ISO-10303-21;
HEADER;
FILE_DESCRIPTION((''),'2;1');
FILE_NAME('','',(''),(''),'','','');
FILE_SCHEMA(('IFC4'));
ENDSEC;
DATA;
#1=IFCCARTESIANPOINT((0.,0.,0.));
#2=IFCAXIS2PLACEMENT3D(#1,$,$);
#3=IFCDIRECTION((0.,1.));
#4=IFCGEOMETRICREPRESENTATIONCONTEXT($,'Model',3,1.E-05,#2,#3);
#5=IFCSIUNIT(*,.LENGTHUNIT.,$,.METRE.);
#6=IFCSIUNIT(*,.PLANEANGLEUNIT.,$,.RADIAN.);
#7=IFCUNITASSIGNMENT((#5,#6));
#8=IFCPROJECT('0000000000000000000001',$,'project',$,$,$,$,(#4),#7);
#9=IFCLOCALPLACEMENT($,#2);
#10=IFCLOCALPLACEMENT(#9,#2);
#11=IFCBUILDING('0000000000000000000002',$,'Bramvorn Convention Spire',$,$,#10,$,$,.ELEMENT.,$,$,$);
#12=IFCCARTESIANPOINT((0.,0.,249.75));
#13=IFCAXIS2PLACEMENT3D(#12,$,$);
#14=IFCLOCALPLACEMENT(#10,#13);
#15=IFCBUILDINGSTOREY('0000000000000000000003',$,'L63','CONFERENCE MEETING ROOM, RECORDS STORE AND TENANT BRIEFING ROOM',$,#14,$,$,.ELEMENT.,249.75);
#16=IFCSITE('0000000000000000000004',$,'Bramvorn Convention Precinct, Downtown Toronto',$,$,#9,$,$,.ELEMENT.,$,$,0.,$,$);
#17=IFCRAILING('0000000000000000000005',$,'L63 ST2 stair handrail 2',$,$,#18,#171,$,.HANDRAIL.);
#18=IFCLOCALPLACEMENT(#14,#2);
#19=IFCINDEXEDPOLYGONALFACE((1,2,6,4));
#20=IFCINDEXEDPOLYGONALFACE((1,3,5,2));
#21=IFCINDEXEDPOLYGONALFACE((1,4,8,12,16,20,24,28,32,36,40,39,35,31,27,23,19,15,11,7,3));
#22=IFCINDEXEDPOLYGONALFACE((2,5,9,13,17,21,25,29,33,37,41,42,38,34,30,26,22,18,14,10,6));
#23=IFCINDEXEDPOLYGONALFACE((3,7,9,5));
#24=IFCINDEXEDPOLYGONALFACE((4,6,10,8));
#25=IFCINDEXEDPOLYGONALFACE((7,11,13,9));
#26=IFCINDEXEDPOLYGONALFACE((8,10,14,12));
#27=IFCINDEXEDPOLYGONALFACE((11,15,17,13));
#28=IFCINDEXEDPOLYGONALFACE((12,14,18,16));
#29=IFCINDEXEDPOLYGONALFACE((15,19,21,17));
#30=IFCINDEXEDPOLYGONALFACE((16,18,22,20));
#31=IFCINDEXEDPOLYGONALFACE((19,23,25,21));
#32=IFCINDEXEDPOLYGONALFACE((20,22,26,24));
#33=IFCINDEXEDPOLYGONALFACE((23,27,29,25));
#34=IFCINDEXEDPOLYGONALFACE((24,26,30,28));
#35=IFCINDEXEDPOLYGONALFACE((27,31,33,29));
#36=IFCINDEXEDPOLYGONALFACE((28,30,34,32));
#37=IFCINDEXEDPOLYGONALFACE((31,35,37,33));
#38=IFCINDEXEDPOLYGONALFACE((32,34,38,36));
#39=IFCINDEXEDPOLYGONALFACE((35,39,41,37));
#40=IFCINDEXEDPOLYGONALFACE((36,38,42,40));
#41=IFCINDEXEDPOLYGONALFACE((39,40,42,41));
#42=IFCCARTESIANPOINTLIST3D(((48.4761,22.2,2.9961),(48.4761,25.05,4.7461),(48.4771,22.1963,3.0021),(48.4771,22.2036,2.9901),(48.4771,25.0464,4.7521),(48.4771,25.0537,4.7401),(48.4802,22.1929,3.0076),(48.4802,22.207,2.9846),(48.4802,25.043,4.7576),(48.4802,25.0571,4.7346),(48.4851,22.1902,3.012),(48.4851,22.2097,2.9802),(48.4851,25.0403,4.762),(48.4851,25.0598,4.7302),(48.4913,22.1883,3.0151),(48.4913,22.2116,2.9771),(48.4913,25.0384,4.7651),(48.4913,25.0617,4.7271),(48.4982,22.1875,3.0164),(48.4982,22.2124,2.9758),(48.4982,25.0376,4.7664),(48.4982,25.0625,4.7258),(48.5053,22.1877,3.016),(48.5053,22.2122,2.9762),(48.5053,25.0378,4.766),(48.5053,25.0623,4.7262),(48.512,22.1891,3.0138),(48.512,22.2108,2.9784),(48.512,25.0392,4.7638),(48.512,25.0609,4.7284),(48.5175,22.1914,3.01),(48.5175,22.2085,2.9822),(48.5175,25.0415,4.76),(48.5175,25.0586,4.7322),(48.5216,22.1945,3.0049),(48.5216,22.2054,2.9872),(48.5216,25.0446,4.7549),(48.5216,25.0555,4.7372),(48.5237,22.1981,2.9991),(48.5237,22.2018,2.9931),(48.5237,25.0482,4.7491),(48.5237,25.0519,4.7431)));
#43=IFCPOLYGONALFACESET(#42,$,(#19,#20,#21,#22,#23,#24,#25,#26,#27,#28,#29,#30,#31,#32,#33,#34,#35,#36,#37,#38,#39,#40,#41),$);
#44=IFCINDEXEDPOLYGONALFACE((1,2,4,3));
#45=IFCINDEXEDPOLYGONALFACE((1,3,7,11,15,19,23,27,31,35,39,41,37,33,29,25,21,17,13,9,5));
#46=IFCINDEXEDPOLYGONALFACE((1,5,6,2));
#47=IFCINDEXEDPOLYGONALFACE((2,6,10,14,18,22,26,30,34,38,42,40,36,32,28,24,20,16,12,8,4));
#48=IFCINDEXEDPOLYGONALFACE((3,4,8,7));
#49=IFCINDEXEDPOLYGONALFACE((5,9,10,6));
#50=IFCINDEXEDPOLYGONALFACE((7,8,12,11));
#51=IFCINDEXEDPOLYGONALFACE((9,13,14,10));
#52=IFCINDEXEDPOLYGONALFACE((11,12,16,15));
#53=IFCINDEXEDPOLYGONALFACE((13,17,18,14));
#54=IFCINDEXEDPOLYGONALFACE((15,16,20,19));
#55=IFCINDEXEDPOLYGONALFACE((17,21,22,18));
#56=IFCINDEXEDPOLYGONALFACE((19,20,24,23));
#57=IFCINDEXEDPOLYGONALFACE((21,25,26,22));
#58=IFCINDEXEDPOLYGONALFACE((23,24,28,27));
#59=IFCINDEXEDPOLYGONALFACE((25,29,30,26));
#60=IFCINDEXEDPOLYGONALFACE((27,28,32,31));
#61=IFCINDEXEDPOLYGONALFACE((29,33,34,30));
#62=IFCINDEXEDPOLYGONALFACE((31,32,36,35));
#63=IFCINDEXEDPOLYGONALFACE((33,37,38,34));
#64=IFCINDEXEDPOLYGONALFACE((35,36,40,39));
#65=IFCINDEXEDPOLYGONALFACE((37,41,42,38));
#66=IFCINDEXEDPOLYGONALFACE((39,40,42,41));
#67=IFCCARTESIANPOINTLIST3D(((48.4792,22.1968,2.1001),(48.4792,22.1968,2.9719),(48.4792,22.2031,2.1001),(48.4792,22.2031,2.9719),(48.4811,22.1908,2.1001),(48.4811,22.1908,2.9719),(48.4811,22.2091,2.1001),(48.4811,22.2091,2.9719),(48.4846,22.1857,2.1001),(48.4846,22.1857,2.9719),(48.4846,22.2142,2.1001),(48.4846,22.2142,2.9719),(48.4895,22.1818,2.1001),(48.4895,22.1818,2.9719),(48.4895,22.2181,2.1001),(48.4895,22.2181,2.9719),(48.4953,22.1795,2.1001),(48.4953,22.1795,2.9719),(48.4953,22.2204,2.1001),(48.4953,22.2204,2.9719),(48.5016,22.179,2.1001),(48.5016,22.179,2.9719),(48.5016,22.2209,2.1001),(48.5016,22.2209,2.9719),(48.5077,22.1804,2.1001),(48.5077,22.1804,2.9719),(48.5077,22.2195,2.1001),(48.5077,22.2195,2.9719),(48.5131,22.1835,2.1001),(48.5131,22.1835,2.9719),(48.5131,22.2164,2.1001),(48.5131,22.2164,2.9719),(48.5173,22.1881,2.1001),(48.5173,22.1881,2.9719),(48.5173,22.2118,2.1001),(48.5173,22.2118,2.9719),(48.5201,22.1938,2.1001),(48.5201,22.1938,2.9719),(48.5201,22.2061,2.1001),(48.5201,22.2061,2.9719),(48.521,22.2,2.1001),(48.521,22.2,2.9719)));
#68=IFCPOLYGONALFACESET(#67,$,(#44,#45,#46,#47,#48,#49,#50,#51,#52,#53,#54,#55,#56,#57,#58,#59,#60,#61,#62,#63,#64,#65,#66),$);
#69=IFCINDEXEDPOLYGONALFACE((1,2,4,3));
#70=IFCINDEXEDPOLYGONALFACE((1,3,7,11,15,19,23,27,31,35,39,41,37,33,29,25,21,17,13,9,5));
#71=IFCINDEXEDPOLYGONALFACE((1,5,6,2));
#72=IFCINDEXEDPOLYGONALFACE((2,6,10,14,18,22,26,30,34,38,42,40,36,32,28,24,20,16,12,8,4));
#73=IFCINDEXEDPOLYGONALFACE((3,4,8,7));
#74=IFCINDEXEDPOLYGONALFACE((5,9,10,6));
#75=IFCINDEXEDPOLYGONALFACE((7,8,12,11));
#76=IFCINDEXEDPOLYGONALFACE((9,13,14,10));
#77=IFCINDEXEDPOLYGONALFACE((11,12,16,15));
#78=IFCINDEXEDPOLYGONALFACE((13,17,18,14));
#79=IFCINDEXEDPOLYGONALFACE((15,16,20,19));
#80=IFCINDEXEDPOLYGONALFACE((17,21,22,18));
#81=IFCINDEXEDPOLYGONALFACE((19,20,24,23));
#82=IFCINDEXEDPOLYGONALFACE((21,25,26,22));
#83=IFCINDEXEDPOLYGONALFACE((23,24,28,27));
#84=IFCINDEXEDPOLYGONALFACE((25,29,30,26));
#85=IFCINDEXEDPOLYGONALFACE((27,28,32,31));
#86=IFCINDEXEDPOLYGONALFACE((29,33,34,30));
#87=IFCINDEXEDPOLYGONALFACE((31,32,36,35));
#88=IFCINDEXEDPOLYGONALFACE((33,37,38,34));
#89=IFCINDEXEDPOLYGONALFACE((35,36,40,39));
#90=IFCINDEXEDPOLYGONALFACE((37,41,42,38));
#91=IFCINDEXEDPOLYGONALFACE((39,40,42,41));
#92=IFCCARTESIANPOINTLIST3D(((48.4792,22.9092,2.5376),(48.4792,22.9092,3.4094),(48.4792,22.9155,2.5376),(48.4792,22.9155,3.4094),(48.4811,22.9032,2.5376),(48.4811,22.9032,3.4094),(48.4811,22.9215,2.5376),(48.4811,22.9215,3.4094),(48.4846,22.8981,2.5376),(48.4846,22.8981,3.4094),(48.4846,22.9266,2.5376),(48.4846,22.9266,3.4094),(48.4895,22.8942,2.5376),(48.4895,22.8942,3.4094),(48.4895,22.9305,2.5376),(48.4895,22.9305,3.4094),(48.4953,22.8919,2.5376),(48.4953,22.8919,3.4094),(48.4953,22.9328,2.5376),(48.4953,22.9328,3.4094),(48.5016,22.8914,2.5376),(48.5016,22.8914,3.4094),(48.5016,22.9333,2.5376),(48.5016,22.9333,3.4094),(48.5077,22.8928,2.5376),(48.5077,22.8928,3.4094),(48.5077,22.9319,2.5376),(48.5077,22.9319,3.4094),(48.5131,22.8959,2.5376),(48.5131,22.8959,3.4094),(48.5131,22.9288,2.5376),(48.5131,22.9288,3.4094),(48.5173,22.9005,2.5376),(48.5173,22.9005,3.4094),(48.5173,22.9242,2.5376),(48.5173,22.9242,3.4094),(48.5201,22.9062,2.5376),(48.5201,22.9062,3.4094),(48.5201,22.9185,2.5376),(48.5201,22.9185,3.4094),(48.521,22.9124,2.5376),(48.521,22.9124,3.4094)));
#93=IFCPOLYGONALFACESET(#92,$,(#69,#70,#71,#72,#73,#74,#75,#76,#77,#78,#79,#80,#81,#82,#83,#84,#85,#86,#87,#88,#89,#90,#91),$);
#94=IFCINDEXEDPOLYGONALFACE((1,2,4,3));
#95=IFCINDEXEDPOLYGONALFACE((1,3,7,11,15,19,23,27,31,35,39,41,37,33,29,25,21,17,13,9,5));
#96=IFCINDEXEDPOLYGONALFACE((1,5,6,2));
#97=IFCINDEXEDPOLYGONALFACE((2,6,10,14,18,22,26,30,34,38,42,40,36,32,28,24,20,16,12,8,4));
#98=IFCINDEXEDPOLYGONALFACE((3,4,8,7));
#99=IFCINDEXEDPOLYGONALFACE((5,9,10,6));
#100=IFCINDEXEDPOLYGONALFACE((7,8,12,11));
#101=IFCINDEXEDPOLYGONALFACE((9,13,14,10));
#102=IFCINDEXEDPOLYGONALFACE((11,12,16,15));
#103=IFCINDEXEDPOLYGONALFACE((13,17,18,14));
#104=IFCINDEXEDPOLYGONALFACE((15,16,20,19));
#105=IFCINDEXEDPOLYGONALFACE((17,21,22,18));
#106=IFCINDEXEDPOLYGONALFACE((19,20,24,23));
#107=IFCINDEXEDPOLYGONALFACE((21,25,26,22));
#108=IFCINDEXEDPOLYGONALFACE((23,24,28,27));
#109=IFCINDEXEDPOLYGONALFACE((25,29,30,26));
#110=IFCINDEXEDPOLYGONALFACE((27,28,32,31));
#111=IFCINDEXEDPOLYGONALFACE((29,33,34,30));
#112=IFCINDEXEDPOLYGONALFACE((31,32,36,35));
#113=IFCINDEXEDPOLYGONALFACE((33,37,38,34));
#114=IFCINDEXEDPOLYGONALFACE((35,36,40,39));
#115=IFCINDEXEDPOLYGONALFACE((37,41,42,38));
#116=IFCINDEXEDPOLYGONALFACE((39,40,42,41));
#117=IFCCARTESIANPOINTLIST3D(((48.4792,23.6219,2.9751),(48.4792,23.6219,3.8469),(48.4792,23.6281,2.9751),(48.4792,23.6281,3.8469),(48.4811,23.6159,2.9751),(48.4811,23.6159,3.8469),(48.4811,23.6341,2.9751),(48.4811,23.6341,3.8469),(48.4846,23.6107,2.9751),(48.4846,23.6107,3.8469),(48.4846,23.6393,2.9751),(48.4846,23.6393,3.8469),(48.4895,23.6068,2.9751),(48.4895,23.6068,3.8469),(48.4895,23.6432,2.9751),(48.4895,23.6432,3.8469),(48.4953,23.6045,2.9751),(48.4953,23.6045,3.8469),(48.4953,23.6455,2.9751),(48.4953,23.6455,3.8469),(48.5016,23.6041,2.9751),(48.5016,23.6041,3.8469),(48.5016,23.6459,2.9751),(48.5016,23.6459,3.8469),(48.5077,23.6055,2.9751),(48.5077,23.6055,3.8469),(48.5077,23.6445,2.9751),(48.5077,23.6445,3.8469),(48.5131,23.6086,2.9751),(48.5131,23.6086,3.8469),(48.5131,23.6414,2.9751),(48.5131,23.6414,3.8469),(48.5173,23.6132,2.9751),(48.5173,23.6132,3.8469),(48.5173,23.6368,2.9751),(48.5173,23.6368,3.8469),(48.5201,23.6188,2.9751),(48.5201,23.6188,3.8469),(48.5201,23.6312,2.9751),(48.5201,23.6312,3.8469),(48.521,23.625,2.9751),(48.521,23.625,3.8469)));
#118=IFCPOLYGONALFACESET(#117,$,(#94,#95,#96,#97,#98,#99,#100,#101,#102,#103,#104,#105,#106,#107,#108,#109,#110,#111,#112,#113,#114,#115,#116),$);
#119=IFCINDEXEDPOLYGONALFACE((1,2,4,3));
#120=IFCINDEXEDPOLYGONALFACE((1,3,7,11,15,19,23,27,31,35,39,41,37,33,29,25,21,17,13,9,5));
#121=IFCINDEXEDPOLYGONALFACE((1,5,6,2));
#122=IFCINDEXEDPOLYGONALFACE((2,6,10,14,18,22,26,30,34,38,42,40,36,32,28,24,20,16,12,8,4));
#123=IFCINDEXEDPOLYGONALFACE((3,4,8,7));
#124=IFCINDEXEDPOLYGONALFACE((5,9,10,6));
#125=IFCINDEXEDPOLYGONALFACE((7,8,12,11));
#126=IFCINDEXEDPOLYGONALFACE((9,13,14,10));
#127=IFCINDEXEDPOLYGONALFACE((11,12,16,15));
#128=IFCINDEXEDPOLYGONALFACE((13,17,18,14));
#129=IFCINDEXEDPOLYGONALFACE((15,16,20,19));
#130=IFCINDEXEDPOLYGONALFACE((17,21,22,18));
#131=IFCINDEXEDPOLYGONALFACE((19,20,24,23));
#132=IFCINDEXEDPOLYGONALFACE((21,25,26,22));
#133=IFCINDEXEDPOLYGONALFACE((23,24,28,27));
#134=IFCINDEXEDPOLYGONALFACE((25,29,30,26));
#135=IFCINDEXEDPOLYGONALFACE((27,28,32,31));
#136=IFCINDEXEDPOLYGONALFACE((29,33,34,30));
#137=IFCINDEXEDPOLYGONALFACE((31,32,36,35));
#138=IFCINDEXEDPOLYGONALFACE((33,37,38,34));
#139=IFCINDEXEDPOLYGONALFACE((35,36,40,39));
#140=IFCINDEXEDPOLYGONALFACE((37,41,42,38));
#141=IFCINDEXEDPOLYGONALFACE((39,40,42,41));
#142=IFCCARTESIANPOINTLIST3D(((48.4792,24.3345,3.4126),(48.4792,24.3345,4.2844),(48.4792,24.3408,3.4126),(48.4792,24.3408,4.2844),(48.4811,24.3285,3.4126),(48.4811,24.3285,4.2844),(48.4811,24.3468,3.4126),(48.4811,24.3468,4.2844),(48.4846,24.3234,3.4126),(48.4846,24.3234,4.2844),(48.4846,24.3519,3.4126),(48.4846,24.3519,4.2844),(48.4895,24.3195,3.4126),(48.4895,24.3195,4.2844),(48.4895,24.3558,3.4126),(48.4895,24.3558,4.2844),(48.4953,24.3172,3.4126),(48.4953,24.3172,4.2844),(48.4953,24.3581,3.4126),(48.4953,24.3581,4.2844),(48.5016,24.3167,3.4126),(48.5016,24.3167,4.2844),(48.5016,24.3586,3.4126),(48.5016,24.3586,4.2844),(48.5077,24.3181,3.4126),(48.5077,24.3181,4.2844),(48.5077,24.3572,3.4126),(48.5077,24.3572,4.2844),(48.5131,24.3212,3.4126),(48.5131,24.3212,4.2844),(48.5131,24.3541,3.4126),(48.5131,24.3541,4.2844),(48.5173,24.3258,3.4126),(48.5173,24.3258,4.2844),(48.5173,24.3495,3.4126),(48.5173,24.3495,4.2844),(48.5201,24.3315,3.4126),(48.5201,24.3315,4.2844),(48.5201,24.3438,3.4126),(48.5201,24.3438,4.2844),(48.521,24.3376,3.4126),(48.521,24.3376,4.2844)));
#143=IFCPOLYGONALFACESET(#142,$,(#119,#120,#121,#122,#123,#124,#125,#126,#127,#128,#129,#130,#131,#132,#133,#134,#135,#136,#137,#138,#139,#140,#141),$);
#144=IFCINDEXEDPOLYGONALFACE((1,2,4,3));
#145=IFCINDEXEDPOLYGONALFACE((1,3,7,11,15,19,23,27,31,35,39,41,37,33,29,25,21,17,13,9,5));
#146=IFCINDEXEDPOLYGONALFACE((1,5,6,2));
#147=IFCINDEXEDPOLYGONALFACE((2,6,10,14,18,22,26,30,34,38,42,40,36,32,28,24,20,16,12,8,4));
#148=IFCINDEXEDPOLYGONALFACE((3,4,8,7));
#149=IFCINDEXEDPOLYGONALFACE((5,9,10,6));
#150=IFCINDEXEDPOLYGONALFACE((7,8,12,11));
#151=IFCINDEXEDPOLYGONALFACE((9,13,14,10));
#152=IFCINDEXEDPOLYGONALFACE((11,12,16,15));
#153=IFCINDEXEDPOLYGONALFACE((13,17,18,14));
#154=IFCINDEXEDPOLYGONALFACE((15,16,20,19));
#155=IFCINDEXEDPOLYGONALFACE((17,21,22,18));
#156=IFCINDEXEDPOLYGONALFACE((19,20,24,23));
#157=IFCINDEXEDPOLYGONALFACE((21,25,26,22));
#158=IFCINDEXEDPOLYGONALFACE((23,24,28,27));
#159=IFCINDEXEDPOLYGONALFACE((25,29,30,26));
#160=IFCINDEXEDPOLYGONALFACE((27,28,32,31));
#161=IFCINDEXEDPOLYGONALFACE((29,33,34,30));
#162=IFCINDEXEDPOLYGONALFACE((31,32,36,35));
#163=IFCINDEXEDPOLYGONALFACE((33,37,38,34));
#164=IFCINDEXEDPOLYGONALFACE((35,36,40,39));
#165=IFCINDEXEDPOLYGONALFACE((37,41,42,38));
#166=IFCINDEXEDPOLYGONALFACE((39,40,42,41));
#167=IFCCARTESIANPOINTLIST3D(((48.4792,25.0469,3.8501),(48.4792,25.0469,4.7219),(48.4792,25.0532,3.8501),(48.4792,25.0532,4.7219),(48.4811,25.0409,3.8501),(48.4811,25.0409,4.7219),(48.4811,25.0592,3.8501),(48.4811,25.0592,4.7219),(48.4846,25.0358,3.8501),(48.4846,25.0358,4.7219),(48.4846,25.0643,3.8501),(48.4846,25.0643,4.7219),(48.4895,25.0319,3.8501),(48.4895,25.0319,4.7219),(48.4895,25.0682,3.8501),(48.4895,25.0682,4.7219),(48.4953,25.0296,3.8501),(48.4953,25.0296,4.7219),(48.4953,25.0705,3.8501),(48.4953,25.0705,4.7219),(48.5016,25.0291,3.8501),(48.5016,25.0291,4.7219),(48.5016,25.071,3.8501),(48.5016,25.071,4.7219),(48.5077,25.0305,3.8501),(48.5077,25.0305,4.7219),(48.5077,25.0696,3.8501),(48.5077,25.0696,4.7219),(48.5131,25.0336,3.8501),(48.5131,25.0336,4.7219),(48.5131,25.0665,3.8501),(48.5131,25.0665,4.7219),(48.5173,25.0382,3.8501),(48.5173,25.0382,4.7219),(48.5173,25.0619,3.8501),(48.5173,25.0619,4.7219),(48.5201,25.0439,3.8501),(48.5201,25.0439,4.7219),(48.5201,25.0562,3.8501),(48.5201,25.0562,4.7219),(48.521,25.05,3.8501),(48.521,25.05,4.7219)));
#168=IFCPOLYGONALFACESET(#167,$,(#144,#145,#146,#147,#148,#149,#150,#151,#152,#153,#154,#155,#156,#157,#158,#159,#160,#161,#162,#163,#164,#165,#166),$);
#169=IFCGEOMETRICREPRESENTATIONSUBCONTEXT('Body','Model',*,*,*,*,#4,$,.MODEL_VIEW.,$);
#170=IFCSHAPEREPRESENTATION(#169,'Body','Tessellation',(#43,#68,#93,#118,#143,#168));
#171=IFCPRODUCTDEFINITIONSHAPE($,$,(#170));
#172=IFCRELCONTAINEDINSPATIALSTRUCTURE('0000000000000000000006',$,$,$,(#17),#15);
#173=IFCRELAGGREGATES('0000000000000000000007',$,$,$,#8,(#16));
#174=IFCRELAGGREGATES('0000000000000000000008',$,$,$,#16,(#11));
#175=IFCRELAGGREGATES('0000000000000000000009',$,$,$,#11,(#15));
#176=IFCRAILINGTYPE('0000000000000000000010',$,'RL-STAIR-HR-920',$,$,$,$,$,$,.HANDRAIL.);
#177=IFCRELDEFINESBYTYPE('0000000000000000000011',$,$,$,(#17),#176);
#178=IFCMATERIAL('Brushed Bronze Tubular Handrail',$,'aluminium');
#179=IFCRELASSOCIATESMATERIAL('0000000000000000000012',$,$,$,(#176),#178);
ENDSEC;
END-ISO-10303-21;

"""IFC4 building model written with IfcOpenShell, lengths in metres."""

from ifc_helpers import new_model, si_unit, direction, frame, origin, origin_2d, place, context, subcontext, project, spatial, circle, extrude, material, type_object, element, save


model = new_model("IFC4")

# Units and contexts
model_context = context("Model", 3, precision=1e-05, world=origin(), true_north=direction((0.0, 1.0)))
body_context = subcontext(model_context, "Body", "Model", "MODEL_VIEW")
ifc_project = project(units=[si_unit("LENGTHUNIT", "METRE"), si_unit("PLANEANGLEUNIT", "RADIAN")], contexts=[model_context])

# Site, building, storey
site_placement = place(None, origin())
site = spatial("IfcSite", under=ifc_project, at=site_placement, Name="Bramvorn Convention Precinct, Downtown Toronto", CompositionType="ELEMENT", RefElevation=0.0)
building_placement = place(site_placement, origin())
building = spatial("IfcBuilding", under=site, at=building_placement, Name="Bramvorn Convention Spire", CompositionType="ELEMENT")
storey_placement = place(building_placement, frame((0.0, 0.0, 249.75)))
storey = spatial("IfcBuildingStorey", under=building, at=storey_placement, Name="L63", Description="CONFERENCE MEETING ROOM, RECORDS STORE AND TENANT BRIEFING ROOM", CompositionType="ELEMENT", Elevation=249.75)

# Railing
ifc_material_1 = material(Name="Brushed Bronze Tubular Handrail", Category="aluminium")
railing_type_1 = type_object("IfcRailingType", Name="RL-STAIR-HR-920", PredefinedType="HANDRAIL", material=ifc_material_1)
railing_1_placement = place(storey_placement, frame((48.5, 22.2, 2.1001)))
element("IfcRailing", 1, at=railing_1_placement, inside=storey, type_object=railing_type_1, Name="L63 ST2 stair handrail 2", PredefinedType="HANDRAIL", context=body_context, shape_type="SweptSolid", body=[
    extrude(circle(Radius=0.0239, at=origin_2d()), frame((0.0, 0.0, 0.896), z_axis=(0.0, 0.852179, 0.52325), x_axis=(-1.0, 0.0, 0.0)), (0.0, 0.0, 1.0), 3.3445),
    extrude(circle(Radius=0.021, at=origin_2d()), origin(), (0.0, 0.0, 1.0), 0.8718),
    extrude(circle(Radius=0.021, at=origin_2d()), frame((0.0, 0.7124, 0.4375)), (0.0, 0.0, 1.0), 0.8718),
    extrude(circle(Radius=0.021, at=origin_2d()), frame((0.0, 1.425, 0.875)), (0.0, 0.0, 1.0), 0.8718),
    extrude(circle(Radius=0.021, at=origin_2d()), frame((0.0, 2.1377, 1.3125)), (0.0, 0.0, 1.0), 0.8718),
    extrude(circle(Radius=0.021, at=origin_2d()), frame((0.0, 2.8501, 1.75)), (0.0, 0.0, 1.0), 0.8718),
])

save(model, "model.ifc")
